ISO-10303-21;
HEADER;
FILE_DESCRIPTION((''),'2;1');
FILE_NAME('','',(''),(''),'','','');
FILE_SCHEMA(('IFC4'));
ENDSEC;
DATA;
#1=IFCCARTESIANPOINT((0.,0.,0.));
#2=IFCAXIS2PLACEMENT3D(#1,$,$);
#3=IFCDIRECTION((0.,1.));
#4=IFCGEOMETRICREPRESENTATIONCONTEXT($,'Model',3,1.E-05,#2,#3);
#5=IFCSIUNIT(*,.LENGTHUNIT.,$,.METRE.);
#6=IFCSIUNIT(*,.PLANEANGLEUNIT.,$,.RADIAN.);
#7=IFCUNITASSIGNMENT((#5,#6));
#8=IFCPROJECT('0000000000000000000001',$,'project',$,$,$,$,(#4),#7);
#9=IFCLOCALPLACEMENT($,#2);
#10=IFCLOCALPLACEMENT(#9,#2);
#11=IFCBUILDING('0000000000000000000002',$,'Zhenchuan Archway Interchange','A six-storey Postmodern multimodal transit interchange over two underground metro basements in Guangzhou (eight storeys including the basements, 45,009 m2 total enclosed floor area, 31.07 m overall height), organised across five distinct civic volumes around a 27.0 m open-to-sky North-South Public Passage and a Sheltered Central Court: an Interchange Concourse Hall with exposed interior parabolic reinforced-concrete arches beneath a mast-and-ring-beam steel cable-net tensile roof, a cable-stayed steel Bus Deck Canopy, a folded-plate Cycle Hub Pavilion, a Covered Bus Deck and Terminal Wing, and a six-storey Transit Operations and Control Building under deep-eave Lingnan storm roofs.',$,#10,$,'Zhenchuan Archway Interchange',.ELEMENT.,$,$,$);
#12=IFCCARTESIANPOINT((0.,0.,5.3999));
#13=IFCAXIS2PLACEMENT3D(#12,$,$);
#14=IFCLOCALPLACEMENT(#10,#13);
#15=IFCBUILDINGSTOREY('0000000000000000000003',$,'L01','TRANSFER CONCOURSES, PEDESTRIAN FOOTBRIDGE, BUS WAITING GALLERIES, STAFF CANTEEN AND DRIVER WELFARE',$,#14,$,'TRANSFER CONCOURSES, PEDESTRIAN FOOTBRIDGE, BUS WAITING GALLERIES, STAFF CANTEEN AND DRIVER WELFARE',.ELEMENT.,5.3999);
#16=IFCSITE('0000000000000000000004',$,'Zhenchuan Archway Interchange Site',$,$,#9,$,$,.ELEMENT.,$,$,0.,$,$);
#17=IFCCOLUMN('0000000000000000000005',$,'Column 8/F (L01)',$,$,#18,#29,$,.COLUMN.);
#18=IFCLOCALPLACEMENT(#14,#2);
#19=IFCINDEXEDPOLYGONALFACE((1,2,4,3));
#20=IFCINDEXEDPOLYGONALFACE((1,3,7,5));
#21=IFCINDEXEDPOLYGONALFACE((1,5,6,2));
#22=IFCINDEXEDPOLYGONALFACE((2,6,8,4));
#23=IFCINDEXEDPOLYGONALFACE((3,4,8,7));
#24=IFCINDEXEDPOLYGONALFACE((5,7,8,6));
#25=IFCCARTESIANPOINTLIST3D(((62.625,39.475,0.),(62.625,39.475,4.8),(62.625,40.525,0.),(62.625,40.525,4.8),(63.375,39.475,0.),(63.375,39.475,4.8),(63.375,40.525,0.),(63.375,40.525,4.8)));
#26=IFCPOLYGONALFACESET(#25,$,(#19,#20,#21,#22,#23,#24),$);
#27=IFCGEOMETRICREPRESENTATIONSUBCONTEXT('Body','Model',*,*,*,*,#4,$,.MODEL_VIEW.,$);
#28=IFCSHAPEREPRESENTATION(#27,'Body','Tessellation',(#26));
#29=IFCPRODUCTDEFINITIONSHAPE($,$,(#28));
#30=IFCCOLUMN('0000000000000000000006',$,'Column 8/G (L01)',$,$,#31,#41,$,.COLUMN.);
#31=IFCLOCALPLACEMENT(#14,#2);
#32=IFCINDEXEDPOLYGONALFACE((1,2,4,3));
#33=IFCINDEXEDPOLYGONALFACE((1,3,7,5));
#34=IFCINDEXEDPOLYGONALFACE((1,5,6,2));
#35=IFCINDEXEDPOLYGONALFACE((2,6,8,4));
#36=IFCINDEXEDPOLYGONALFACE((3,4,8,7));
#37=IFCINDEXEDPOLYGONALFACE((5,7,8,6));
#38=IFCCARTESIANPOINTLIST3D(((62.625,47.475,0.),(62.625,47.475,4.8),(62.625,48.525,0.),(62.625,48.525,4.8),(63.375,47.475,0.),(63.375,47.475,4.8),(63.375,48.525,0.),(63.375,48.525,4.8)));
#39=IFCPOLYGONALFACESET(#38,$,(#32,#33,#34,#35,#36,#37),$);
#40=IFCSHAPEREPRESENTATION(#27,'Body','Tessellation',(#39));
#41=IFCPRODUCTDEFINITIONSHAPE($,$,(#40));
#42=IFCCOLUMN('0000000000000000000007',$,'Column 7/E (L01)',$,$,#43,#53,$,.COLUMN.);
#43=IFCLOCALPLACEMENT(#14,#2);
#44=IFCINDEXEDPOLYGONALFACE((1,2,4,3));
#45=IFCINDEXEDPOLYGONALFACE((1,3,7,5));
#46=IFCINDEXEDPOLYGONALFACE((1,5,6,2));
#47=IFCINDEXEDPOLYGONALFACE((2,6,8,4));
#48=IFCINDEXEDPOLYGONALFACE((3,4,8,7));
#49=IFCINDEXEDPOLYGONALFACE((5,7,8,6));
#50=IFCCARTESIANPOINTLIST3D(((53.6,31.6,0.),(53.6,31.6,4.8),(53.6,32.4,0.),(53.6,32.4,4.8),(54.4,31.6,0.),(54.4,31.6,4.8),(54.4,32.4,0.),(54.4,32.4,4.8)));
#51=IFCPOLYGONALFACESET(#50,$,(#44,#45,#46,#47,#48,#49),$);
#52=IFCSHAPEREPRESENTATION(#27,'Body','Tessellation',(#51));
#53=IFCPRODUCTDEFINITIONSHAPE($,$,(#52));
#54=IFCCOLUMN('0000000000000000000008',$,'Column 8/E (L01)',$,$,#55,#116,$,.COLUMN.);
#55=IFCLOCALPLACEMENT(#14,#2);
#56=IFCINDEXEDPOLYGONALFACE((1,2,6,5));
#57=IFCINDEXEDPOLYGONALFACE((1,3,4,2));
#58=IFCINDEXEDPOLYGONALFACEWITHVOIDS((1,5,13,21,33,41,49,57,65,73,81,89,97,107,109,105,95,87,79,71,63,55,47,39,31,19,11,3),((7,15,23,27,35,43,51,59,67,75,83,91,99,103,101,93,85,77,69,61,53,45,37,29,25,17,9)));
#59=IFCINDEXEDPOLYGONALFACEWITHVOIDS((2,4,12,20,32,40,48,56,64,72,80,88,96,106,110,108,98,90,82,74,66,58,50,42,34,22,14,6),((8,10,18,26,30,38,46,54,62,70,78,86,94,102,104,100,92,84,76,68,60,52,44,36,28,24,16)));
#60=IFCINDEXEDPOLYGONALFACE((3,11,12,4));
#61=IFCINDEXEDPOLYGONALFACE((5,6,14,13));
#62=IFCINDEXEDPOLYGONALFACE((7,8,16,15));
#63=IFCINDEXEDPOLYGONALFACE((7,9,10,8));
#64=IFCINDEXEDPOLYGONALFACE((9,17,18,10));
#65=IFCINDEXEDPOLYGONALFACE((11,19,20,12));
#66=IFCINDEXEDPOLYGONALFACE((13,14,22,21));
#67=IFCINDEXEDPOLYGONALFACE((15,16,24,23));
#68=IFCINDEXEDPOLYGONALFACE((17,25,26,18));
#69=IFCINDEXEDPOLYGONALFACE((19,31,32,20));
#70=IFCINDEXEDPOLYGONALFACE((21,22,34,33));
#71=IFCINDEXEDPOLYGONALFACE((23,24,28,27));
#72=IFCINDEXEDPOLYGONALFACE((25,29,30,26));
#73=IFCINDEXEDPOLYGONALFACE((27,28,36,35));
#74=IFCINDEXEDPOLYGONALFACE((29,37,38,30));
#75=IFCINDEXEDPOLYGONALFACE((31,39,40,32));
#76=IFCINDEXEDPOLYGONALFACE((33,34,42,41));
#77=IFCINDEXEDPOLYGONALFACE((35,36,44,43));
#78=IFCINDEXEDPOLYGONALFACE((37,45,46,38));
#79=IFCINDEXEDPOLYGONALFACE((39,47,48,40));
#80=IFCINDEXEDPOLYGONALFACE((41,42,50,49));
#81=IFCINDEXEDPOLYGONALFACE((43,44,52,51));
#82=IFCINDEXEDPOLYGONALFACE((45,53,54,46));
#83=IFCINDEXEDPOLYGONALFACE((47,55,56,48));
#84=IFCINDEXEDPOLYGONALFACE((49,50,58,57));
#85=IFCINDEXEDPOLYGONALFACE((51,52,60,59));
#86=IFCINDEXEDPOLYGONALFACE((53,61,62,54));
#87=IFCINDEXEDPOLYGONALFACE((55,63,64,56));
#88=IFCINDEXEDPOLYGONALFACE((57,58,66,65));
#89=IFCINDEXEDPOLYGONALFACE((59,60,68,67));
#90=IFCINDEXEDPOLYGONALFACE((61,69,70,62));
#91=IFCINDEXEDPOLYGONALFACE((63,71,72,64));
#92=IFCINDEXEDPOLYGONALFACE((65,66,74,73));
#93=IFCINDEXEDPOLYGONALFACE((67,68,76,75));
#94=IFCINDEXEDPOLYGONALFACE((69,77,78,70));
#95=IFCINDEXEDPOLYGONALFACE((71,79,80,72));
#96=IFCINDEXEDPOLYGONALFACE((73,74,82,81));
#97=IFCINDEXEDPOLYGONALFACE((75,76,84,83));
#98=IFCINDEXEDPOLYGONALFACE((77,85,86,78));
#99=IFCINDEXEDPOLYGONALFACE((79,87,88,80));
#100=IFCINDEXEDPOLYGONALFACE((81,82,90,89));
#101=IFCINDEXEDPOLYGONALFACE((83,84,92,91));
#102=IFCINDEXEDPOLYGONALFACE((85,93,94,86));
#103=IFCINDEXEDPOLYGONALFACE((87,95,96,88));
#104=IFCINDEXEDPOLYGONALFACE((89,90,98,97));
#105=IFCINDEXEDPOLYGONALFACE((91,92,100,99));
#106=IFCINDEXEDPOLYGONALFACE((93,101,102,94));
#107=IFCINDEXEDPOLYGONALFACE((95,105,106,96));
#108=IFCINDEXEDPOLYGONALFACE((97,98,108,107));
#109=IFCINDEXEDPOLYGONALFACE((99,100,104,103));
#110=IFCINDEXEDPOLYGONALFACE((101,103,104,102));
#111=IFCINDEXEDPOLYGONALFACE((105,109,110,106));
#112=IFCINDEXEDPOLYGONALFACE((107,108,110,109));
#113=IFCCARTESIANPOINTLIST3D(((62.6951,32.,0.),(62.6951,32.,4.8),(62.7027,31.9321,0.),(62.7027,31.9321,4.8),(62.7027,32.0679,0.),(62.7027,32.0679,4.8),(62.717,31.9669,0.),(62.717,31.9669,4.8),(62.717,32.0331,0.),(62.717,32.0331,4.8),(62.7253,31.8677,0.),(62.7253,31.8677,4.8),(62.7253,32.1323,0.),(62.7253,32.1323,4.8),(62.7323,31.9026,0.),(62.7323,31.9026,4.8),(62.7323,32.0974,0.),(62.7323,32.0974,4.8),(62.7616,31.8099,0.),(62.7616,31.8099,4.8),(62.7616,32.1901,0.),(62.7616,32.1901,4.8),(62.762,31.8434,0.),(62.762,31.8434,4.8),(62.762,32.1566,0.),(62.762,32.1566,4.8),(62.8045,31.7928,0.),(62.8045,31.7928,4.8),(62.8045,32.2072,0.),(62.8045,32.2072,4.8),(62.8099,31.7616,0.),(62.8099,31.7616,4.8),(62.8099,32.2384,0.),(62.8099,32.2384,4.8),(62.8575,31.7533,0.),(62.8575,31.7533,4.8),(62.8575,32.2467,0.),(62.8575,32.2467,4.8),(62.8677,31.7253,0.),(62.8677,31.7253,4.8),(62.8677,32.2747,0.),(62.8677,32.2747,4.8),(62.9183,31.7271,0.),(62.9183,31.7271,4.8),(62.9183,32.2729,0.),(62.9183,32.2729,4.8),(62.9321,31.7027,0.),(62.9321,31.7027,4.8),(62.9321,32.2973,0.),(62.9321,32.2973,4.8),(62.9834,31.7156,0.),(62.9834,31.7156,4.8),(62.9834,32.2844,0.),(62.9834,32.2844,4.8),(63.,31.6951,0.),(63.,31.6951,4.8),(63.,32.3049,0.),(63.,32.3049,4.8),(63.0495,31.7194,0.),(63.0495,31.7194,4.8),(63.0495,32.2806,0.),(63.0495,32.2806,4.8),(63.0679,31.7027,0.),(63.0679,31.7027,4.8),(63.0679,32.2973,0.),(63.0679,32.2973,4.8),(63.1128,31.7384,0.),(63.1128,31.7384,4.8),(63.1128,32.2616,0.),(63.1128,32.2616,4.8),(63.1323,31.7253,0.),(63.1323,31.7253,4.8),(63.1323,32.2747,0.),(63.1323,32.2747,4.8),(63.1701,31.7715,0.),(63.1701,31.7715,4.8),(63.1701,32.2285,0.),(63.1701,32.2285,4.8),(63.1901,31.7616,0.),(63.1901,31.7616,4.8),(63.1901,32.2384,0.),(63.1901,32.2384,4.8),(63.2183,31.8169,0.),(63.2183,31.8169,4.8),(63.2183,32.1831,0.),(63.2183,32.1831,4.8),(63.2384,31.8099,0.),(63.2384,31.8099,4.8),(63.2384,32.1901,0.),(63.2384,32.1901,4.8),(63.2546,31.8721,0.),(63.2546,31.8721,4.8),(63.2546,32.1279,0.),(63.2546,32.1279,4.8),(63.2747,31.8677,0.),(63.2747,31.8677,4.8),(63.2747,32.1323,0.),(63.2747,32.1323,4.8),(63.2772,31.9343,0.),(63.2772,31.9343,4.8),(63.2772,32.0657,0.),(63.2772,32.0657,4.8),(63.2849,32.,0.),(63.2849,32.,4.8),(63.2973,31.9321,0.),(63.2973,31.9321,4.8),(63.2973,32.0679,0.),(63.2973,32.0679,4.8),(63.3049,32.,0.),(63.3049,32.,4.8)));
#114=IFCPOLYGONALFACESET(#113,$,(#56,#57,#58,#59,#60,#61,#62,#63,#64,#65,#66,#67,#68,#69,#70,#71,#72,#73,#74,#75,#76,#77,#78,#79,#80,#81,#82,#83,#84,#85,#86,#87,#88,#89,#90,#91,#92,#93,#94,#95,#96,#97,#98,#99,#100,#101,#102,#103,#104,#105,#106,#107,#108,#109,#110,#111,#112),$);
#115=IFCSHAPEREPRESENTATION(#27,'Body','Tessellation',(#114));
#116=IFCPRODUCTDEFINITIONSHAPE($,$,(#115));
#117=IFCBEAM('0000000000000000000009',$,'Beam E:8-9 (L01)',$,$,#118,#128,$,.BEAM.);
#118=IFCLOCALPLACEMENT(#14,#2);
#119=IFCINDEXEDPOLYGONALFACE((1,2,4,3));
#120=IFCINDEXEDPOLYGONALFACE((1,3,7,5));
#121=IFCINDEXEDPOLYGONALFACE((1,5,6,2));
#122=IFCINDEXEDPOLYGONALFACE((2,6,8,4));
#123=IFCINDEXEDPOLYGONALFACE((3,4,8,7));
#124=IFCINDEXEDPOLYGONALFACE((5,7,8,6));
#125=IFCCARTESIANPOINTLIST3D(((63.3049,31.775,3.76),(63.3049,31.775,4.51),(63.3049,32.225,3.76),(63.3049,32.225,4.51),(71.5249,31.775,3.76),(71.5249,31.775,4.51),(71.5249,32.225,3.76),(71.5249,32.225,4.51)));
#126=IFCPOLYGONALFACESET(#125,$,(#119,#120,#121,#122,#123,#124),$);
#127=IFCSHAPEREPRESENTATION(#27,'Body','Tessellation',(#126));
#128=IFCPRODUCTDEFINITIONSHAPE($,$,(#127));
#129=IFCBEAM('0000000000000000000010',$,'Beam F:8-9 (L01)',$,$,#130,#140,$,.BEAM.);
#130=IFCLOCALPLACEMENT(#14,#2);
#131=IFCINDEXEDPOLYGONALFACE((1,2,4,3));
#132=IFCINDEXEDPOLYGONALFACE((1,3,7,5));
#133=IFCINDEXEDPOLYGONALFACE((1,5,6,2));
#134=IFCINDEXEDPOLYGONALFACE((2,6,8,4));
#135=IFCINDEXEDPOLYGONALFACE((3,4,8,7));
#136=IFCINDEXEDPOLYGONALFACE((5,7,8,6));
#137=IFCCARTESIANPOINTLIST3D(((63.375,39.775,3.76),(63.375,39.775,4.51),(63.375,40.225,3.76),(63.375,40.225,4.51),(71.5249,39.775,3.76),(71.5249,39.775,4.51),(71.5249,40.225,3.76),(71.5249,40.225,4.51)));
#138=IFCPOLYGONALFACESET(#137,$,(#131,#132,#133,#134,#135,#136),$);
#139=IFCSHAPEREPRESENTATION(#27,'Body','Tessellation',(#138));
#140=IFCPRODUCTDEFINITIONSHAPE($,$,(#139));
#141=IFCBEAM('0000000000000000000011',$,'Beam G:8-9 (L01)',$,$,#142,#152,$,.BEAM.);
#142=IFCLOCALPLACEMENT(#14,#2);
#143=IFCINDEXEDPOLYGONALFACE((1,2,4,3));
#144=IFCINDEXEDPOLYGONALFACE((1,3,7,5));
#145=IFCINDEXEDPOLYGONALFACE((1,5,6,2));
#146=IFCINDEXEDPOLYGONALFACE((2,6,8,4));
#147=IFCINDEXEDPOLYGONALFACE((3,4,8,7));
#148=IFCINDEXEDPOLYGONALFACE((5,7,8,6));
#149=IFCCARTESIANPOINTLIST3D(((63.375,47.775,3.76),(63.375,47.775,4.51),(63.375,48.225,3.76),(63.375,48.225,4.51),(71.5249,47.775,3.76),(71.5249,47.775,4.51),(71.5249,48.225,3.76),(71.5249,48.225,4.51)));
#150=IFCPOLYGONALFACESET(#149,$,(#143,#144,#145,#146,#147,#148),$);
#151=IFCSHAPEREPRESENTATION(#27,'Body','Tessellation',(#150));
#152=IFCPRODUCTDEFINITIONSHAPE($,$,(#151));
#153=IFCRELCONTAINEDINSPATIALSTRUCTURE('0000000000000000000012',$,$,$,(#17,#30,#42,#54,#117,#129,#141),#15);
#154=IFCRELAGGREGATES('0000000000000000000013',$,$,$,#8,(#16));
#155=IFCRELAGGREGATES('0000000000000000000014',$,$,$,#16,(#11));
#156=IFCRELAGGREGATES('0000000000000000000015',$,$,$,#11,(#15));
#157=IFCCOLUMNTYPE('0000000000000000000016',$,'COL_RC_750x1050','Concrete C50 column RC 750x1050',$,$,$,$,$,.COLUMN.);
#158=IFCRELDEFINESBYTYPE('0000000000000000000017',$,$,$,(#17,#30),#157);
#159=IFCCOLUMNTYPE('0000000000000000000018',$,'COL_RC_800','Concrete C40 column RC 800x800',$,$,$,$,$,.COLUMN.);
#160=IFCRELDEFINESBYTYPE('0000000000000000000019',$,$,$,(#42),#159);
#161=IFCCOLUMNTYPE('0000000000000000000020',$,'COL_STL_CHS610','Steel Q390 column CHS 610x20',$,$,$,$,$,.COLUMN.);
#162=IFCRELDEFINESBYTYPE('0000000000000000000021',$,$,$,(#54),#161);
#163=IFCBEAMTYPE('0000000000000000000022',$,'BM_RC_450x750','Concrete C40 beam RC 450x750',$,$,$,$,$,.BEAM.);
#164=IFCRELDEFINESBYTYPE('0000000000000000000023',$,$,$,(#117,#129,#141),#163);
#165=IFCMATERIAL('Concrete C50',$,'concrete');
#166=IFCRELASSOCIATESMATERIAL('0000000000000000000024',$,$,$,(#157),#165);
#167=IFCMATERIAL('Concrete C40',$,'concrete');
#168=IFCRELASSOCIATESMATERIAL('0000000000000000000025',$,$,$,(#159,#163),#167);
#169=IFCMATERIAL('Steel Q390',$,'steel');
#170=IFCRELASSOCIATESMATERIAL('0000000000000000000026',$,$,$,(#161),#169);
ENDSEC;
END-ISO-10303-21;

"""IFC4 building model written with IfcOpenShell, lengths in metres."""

from ifc_helpers import new_model, si_unit, direction, frame, origin, origin_2d, place, context, subcontext, project, spatial, rectangle, hollow_circle, extrude, material, material_profile, profile_set, type_object, element, save


model = new_model("IFC4")

# Units and contexts
model_context = context("Model", 3, precision=1e-05, world=origin(), true_north=direction((0.0, 1.0)))
body_context = subcontext(model_context, "Body", "Model", "MODEL_VIEW")
ifc_project = project(units=[si_unit("LENGTHUNIT", "METRE"), si_unit("PLANEANGLEUNIT", "RADIAN")], contexts=[model_context])

# Site, building, storey
site_placement = place(None, origin())
site = spatial("IfcSite", under=ifc_project, at=site_placement, Name="Zhenchuan Archway Interchange Site", CompositionType="ELEMENT", RefElevation=0.0)
building_placement = place(site_placement, origin())
building = spatial("IfcBuilding", under=site, at=building_placement, Name="Zhenchuan Archway Interchange", Description="A six-storey Postmodern multimodal transit interchange over two underground metro basements in Guangzhou (eight storeys including the basements, 45,009 m2 total enclosed floor area, 31.07 m overall height), organised across five distinct civic volumes around a 27.0 m open-to-sky North-South Public Passage and a Sheltered Central Court: an Interchange Concourse Hall with exposed interior parabolic reinforced-concrete arches beneath a mast-and-ring-beam steel cable-net tensile roof, a cable-stayed steel Bus Deck Canopy, a folded-plate Cycle Hub Pavilion, a Covered Bus Deck and Terminal Wing, and a six-storey Transit Operations and Control Building under deep-eave Lingnan storm roofs.", LongName="Zhenchuan Archway Interchange", CompositionType="ELEMENT")
storey_placement = place(building_placement, frame((0.0, 0.0, 5.3999)))
storey = spatial("IfcBuildingStorey", under=building, at=storey_placement, Name="L01", Description="TRANSFER CONCOURSES, PEDESTRIAN FOOTBRIDGE, BUS WAITING GALLERIES, STAFF CANTEEN AND DRIVER WELFARE", LongName="TRANSFER CONCOURSES, PEDESTRIAN FOOTBRIDGE, BUS WAITING GALLERIES, STAFF CANTEEN AND DRIVER WELFARE", CompositionType="ELEMENT", Elevation=5.3999)

# Columns
ifc_material_1 = material(Name="Concrete C50", Category="concrete")
ifc_material_profile_1 = material_profile(ifc_material_1, rectangle(XDim=0.75, YDim=1.05, at=origin_2d()), Name="RC 750x1050")
ifc_profile_set_1 = profile_set([ifc_material_profile_1], Name="Concrete C50")
column_type_1 = type_object("IfcColumnType", Name="COL_RC_750x1050", Description="Concrete C50 column RC 750x1050", PredefinedType="COLUMN", material=ifc_profile_set_1)
for number, where, z_axis, x_axis, name in (
    (1, (63.0, 40.0, 0.0), (0.0, 0.0, 1.0), (1.0, 0.0, 0.0), "Column 8/F (L01)"),
    (2, (63.0, 48.0, 0.0), (0.0, 0.0, 1.0), (1.0, 0.0, 0.0), "Column 8/G (L01)"),
):
    element("IfcColumn", number, at=place(storey_placement, frame(where, z_axis=z_axis, x_axis=x_axis)), inside=storey, type_object=column_type_1, Name=name, PredefinedType="COLUMN", context=body_context, shape_type="SweptSolid", body=[
        extrude(rectangle(XDim=0.75, YDim=1.05, at=origin_2d()), origin(), (0.0, 0.0, 1.0), 4.8),
    ])
ifc_material_2 = material(Name="Concrete C40", Category="concrete")
ifc_material_profile_2 = material_profile(ifc_material_2, rectangle(XDim=0.8, YDim=0.8, at=origin_2d()), Name="RC 800x800")
ifc_profile_set_2 = profile_set([ifc_material_profile_2], Name="Concrete C40")
column_type_2 = type_object("IfcColumnType", Name="COL_RC_800", Description="Concrete C40 column RC 800x800", PredefinedType="COLUMN", material=ifc_profile_set_2)
column_1_placement = place(storey_placement, frame((54.0, 32.0, 0.0), z_axis=(0.0, 0.0, 1.0), x_axis=(1.0, 0.0, 0.0)))
element("IfcColumn", 3, at=column_1_placement, inside=storey, type_object=column_type_2, Name="Column 7/E (L01)", PredefinedType="COLUMN", context=body_context, shape_type="SweptSolid", body=[
    extrude(rectangle(XDim=0.8, YDim=0.8, at=origin_2d()), origin(), (0.0, 0.0, 1.0), 4.8),
])
ifc_material_3 = material(Name="Steel Q390", Category="steel")
ifc_material_profile_3 = material_profile(ifc_material_3, hollow_circle(Radius=0.3049, WallThickness=0.02, at=origin_2d()), Name="CHS 610x20")
ifc_profile_set_3 = profile_set([ifc_material_profile_3], Name="Steel Q390")
column_type_3 = type_object("IfcColumnType", Name="COL_STL_CHS610", Description="Steel Q390 column CHS 610x20", PredefinedType="COLUMN", material=ifc_profile_set_3)
column_2_placement = place(storey_placement, frame((63.0, 32.0, 0.0), z_axis=(0.0, 0.0, 1.0), x_axis=(1.0, 0.0, 0.0)))
element("IfcColumn", 4, at=column_2_placement, inside=storey, type_object=column_type_3, Name="Column 8/E (L01)", PredefinedType="COLUMN", context=body_context, shape_type="SweptSolid", body=[
    extrude(hollow_circle(Radius=0.3049, WallThickness=0.02, at=origin_2d()), origin(), (0.0, 0.0, 1.0), 4.8),
])

# Beams
ifc_material_profile_4 = material_profile(ifc_material_2, rectangle(XDim=0.45, YDim=0.75, at=origin_2d()), Name="RC 450x750")
ifc_profile_set_4 = profile_set([ifc_material_profile_4], Name="Concrete C40")
beam_type_1 = type_object("IfcBeamType", Name="BM_RC_450x750", Description="Concrete C40 beam RC 450x750", PredefinedType="BEAM", material=ifc_profile_set_4)
beam_1_placement = place(storey_placement, frame((63.3049, 32.0, 4.135), z_axis=(1.0, 0.0, 0.0), x_axis=(0.0, 1.0, 0.0)))
element("IfcBeam", 5, at=beam_1_placement, inside=storey, type_object=beam_type_1, Name="Beam E:8-9 (L01)", PredefinedType="BEAM", context=body_context, shape_type="SweptSolid", body=[
    extrude(rectangle(XDim=0.45, YDim=0.75, at=origin_2d()), origin(), (0.0, 0.0, 1.0), 8.22),
])
for number, where, z_axis, x_axis, name in (
    (6, (63.375, 40.0, 4.135), (1.0, 0.0, 0.0), (0.0, 1.0, 0.0), "Beam F:8-9 (L01)"),
    (7, (63.375, 48.0, 4.135), (1.0, 0.0, 0.0), (0.0, 1.0, 0.0), "Beam G:8-9 (L01)"),
):
    element("IfcBeam", number, at=place(storey_placement, frame(where, z_axis=z_axis, x_axis=x_axis)), inside=storey, type_object=beam_type_1, Name=name, PredefinedType="BEAM", context=body_context, shape_type="SweptSolid", body=[
        extrude(rectangle(XDim=0.45, YDim=0.75, at=origin_2d()), origin(), (0.0, 0.0, 1.0), 8.1499),
    ])

save(model, "model.ifc")
